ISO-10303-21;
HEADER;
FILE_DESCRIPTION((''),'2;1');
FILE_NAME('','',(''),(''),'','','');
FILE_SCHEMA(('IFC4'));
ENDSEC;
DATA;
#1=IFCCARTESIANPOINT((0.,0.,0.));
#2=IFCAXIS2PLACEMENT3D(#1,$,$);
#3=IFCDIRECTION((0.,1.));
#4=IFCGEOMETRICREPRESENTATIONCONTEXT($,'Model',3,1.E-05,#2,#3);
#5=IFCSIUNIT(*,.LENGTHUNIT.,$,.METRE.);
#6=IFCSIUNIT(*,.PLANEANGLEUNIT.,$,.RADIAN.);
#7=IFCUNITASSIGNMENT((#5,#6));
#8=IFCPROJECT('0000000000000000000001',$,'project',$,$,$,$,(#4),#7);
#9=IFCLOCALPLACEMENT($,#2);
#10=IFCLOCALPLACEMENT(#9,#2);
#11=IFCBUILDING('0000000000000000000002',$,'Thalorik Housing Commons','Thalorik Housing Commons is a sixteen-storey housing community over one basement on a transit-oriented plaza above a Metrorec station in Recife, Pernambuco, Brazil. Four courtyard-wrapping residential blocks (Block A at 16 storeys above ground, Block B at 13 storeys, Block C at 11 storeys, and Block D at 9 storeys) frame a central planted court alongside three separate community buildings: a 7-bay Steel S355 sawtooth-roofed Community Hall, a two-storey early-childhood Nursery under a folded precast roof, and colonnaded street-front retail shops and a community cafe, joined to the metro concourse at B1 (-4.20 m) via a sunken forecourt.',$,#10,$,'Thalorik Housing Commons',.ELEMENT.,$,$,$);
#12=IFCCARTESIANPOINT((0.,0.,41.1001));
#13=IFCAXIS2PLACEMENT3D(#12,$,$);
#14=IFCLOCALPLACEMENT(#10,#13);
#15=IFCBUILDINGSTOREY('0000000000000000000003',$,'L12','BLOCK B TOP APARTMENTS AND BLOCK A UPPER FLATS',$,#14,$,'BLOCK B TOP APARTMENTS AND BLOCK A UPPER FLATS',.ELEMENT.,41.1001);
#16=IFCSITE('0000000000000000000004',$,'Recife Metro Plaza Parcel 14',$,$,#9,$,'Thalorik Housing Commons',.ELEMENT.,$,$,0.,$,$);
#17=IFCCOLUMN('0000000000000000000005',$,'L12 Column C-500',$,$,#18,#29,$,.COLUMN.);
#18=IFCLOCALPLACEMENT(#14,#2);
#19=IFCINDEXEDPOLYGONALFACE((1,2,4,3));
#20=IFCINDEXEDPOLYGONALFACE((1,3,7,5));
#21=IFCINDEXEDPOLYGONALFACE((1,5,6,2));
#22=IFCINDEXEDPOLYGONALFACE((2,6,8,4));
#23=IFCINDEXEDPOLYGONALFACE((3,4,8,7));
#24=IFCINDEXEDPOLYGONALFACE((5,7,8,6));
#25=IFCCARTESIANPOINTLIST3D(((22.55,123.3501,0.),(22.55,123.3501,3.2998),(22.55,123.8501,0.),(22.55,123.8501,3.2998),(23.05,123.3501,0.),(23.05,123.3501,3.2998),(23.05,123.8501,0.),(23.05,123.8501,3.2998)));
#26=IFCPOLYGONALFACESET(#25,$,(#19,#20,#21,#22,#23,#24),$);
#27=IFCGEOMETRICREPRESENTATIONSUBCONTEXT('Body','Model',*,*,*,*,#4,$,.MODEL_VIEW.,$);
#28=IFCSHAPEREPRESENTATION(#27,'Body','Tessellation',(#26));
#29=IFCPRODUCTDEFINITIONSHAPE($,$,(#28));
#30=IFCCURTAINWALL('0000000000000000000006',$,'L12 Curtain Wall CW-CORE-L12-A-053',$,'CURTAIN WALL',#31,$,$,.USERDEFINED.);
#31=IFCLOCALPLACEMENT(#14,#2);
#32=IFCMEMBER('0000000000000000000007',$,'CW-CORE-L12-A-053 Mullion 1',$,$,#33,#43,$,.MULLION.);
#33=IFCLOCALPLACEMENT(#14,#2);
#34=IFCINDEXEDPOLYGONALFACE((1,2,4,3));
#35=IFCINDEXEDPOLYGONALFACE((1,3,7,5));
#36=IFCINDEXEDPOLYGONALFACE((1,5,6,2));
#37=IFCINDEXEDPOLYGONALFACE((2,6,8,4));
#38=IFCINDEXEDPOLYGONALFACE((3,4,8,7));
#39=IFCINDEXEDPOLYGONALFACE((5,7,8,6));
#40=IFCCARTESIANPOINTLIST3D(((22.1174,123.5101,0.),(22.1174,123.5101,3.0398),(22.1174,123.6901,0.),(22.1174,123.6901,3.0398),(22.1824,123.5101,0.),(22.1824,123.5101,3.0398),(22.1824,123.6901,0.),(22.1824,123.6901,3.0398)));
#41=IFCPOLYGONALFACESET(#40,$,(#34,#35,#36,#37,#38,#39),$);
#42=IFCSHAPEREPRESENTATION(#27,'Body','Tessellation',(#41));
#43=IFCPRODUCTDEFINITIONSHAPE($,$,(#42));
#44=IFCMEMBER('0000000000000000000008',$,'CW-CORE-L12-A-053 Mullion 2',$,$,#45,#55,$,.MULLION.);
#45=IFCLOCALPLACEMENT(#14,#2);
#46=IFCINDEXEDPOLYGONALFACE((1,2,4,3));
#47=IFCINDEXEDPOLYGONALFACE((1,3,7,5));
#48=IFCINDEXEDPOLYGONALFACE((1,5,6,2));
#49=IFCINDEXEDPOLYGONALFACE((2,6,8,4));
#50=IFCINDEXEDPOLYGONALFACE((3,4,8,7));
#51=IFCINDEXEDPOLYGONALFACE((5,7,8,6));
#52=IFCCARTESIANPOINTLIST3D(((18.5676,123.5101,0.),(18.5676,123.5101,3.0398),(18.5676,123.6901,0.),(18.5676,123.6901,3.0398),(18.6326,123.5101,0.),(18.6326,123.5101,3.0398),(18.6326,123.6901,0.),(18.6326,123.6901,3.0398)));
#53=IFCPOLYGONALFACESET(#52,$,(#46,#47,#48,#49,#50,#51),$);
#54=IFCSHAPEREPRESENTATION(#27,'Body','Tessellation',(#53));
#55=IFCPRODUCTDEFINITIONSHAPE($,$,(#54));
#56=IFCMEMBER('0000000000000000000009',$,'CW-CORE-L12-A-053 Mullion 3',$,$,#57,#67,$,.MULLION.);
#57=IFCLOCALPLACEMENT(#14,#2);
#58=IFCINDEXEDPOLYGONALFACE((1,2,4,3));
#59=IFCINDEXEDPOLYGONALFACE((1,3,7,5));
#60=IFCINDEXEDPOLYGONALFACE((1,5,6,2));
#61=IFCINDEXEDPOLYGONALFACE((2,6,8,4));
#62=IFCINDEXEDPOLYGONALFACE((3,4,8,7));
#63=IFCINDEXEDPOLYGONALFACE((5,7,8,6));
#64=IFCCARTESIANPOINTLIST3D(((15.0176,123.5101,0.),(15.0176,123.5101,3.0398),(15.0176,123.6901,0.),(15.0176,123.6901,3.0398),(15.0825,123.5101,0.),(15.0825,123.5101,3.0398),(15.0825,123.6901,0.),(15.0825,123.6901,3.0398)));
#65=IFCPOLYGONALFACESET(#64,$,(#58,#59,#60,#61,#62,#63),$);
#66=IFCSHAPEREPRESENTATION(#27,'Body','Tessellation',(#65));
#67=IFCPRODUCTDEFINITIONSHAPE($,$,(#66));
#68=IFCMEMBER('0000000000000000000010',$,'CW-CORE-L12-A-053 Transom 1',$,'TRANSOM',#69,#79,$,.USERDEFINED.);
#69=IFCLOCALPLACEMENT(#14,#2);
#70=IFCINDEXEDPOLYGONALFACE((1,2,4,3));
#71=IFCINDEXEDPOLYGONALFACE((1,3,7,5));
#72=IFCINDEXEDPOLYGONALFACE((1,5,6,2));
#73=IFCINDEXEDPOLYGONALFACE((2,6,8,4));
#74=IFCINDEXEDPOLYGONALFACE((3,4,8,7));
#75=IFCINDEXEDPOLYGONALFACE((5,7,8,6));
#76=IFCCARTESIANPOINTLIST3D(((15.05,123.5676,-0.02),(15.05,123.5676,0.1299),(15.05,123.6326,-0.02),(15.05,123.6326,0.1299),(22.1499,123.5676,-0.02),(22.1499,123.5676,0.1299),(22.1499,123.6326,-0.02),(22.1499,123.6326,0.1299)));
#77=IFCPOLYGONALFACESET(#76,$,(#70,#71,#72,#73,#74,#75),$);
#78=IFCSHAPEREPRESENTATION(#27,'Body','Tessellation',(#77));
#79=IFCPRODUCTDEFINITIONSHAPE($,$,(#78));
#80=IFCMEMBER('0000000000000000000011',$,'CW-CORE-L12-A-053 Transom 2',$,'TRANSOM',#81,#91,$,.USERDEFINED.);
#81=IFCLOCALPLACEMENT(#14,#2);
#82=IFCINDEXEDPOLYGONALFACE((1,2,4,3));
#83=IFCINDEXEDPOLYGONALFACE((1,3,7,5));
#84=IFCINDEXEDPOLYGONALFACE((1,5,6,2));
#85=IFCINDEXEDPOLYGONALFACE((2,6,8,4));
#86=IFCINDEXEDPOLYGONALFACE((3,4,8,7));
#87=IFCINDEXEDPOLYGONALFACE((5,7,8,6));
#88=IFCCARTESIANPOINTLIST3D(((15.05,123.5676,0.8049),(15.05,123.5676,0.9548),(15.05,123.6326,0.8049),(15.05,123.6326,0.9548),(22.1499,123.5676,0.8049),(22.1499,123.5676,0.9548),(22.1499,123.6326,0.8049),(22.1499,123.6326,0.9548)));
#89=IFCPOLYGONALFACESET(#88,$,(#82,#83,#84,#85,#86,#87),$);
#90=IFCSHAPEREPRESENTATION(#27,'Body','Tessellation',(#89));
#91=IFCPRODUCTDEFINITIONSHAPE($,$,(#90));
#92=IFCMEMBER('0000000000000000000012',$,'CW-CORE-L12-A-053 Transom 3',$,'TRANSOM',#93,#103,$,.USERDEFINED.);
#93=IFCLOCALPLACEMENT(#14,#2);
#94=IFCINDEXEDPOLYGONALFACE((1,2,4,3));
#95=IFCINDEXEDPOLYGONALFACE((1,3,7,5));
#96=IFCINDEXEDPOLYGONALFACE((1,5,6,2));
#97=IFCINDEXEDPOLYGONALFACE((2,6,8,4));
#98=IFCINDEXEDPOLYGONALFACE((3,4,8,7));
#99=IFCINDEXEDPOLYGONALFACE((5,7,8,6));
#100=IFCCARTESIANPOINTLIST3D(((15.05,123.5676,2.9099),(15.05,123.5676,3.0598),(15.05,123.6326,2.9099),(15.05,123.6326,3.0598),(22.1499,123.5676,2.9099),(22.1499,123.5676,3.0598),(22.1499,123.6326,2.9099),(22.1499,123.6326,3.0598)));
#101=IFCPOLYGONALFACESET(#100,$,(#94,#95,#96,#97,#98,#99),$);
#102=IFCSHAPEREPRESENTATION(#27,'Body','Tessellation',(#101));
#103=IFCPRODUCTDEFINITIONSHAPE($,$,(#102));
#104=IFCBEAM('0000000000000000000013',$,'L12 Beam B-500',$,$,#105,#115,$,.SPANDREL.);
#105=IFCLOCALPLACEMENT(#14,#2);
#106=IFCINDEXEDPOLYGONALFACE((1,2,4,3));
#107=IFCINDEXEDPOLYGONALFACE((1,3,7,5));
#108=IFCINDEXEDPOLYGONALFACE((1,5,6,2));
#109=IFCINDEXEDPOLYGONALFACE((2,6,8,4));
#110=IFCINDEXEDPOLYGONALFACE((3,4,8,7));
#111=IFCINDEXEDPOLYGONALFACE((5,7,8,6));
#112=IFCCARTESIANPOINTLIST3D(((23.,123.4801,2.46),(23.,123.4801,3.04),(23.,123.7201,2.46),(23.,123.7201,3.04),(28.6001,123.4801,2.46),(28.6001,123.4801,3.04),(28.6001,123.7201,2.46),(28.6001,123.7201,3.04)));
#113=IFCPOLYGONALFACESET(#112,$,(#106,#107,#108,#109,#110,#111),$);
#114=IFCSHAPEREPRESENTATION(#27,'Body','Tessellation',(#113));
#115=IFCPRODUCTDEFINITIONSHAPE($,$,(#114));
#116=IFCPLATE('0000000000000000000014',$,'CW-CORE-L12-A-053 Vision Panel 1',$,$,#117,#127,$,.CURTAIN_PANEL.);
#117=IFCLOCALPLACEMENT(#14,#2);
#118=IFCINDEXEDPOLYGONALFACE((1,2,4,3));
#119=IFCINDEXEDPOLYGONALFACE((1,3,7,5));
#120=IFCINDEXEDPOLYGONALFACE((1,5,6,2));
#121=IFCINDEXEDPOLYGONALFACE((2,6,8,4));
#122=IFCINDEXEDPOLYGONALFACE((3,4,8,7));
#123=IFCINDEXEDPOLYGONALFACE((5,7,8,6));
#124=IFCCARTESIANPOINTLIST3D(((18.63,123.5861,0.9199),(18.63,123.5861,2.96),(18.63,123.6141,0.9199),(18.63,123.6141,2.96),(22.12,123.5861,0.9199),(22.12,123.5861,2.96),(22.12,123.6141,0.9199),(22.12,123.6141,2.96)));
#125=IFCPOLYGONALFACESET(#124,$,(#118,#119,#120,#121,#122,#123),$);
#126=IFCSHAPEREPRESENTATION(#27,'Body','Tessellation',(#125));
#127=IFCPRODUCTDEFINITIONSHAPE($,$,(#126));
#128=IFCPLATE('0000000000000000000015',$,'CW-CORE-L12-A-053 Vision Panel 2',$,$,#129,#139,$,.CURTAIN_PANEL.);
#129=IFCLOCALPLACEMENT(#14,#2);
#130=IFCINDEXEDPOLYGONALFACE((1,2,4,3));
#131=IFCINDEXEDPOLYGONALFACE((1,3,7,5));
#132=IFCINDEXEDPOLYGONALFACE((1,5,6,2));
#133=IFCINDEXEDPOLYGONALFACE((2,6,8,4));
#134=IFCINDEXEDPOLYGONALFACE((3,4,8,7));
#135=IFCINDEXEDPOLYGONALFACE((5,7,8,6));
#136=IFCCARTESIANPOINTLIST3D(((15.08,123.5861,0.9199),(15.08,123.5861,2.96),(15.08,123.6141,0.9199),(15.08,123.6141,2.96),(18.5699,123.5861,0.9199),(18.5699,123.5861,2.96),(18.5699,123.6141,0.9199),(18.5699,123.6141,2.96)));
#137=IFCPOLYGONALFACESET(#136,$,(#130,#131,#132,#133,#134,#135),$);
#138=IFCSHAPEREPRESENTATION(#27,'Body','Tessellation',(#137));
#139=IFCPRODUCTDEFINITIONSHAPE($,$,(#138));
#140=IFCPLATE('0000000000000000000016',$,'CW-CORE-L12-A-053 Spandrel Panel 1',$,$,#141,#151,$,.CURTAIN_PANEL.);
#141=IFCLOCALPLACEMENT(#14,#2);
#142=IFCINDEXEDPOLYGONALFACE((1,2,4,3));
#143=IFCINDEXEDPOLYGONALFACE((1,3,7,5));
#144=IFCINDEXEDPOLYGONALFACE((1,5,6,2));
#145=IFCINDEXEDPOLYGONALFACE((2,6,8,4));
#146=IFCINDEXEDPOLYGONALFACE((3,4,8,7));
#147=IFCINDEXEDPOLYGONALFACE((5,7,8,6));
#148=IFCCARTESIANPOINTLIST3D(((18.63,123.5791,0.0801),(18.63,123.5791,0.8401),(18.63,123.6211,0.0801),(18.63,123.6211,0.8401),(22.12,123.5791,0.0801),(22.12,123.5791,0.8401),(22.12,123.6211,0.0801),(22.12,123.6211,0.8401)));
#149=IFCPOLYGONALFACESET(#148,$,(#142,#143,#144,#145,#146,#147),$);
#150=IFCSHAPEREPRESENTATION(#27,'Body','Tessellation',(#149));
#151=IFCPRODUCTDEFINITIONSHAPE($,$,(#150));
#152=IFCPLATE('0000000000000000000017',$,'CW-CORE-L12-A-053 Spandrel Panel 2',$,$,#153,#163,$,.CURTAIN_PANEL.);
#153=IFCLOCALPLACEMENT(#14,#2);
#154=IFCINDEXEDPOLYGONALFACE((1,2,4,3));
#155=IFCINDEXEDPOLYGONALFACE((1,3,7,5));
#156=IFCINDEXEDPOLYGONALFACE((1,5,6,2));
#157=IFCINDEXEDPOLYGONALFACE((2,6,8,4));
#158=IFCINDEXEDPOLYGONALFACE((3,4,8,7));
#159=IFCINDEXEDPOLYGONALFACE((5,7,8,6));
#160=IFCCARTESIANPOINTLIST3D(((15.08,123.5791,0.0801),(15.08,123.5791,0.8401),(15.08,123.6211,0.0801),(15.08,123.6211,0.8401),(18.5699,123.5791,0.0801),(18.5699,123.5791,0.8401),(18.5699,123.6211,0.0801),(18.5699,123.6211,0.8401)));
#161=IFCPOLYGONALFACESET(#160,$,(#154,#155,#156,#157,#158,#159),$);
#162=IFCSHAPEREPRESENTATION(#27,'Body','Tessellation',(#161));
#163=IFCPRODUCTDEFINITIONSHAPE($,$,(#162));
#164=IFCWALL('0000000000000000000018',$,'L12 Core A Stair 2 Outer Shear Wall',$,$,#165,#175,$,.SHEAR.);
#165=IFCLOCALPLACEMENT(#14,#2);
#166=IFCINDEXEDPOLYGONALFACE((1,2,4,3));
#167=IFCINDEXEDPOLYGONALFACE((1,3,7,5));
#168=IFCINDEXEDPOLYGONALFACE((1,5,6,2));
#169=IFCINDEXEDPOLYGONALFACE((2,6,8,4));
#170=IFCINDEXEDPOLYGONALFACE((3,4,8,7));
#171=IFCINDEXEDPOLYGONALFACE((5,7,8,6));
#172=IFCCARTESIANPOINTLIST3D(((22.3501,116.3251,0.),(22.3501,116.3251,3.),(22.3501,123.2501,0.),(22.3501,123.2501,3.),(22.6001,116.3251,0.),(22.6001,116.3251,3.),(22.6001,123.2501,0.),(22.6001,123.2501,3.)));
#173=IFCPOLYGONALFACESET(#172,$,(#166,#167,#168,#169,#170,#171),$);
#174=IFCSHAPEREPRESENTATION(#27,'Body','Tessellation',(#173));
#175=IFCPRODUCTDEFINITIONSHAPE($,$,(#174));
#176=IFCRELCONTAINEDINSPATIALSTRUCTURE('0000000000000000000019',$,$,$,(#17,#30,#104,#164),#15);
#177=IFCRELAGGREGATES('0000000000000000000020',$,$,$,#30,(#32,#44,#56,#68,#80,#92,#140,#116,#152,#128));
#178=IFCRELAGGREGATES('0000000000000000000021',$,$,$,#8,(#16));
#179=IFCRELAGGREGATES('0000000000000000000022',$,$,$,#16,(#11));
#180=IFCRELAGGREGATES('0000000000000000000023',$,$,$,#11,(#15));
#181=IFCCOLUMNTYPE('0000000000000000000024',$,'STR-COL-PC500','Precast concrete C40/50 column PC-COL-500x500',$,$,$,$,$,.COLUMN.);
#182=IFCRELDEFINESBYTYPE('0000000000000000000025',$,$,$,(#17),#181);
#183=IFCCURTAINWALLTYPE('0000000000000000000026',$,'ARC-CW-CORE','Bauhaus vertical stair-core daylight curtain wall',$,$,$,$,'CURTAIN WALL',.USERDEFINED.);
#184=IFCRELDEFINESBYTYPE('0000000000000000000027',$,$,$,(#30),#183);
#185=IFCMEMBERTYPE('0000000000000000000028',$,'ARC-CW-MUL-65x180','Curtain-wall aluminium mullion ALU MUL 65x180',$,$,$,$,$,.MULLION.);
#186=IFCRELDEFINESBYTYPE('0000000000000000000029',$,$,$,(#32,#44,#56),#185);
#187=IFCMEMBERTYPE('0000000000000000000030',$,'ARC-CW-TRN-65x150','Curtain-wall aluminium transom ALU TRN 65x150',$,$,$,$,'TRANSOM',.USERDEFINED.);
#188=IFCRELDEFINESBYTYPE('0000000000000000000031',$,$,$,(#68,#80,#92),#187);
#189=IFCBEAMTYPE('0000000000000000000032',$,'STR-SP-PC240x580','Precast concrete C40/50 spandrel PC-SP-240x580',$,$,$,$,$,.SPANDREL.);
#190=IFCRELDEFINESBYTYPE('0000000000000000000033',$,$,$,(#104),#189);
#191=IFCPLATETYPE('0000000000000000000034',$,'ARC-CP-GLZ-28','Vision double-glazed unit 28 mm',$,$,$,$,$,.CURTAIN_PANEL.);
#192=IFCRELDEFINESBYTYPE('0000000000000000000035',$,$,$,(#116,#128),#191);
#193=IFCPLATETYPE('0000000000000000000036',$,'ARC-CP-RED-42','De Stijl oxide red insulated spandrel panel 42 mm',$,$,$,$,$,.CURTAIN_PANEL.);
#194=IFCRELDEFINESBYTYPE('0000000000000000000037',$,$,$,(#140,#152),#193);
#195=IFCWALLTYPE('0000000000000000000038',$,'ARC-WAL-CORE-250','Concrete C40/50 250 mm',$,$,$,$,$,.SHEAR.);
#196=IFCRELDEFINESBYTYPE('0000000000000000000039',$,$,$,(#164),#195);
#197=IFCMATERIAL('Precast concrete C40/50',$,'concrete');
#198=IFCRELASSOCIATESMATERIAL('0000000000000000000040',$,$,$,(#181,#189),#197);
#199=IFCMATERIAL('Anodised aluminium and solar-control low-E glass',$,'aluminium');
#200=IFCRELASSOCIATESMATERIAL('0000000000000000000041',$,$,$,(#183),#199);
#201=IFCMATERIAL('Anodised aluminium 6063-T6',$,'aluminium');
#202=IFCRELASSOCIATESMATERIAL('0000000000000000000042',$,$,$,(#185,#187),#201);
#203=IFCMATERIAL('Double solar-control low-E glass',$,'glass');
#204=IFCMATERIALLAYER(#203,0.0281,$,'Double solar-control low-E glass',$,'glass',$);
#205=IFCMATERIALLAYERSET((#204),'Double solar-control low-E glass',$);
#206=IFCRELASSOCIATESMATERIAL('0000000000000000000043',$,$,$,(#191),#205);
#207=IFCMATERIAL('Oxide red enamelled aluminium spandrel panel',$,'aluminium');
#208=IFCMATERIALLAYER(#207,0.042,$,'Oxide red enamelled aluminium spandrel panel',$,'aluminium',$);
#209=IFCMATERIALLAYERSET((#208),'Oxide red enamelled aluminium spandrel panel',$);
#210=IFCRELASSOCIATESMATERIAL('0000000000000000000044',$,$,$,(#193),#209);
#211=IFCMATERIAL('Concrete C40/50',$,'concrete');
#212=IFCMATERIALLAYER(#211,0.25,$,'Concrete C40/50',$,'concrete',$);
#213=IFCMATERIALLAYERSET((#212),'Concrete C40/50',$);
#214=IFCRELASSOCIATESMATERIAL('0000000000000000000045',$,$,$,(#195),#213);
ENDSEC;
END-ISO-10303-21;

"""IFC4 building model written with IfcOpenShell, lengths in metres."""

from ifc_helpers import new_model, si_unit, direction, frame, frame_2d, origin, origin_2d, place, context, subcontext, project, spatial, rectangle, extrude, material, layer, layer_set, material_profile, profile_set, type_object, element, aggregate, save


model = new_model("IFC4")

# Units and contexts
model_context = context("Model", 3, precision=1e-05, world=origin(), true_north=direction((0.0, 1.0)))
body_context = subcontext(model_context, "Body", "Model", "MODEL_VIEW")
ifc_project = project(units=[si_unit("LENGTHUNIT", "METRE"), si_unit("PLANEANGLEUNIT", "RADIAN")], contexts=[model_context])

# Site, building, storey
site_placement = place(None, origin())
site = spatial("IfcSite", under=ifc_project, at=site_placement, Name="Recife Metro Plaza Parcel 14", LongName="Thalorik Housing Commons", CompositionType="ELEMENT", RefElevation=0.0)
building_placement = place(site_placement, origin())
building = spatial("IfcBuilding", under=site, at=building_placement, Name="Thalorik Housing Commons", Description="Thalorik Housing Commons is a sixteen-storey housing community over one basement on a transit-oriented plaza above a Metrorec station in Recife, Pernambuco, Brazil. Four courtyard-wrapping residential blocks (Block A at 16 storeys above ground, Block B at 13 storeys, Block C at 11 storeys, and Block D at 9 storeys) frame a central planted court alongside three separate community buildings: a 7-bay Steel S355 sawtooth-roofed Community Hall, a two-storey early-childhood Nursery under a folded precast roof, and colonnaded street-front retail shops and a community cafe, joined to the metro concourse at B1 (-4.20 m) via a sunken forecourt.", LongName="Thalorik Housing Commons", CompositionType="ELEMENT")
storey_placement = place(building_placement, frame((0.0, 0.0, 41.1001)))
storey = spatial("IfcBuildingStorey", under=building, at=storey_placement, Name="L12", Description="BLOCK B TOP APARTMENTS AND BLOCK A UPPER FLATS", LongName="BLOCK B TOP APARTMENTS AND BLOCK A UPPER FLATS", CompositionType="ELEMENT", Elevation=41.1001)

# Column
ifc_material_1 = material(Name="Precast concrete C40/50", Category="concrete")
ifc_material_profile_1 = material_profile(ifc_material_1, rectangle(XDim=0.5, YDim=0.5, at=origin_2d()), Name="PC 500x500", Category="concrete")
ifc_profile_set_1 = profile_set([ifc_material_profile_1], Name="Precast concrete C40/50")
column_type = type_object("IfcColumnType", Name="STR-COL-PC500", Description="Precast concrete C40/50 column PC-COL-500x500", PredefinedType="COLUMN", material=ifc_profile_set_1)
column_placement = place(storey_placement, frame((22.8, 123.6001, 0.0), z_axis=(0.0, 0.0, 1.0), x_axis=(1.0, 0.0, 0.0)))
element("IfcColumn", 1, at=column_placement, inside=storey, type_object=column_type, Name="L12 Column C-500", PredefinedType="COLUMN", context=body_context, shape_type="SweptSolid", body=[
    extrude(rectangle(XDim=0.5, YDim=0.5, at=origin_2d()), origin(), (0.0, 0.0, 1.0), 3.2998),
])

# Curtain wall, members
ifc_material_2 = material(Name="Anodised aluminium and solar-control low-E glass", Category="aluminium")
curtain_wall_type = type_object("IfcCurtainWallType", Name="ARC-CW-CORE", Description="Bauhaus vertical stair-core daylight curtain wall", ElementType="CURTAIN WALL", PredefinedType="USERDEFINED", material=ifc_material_2)
curtain_wall_placement = place(storey_placement, origin())
curtain_wall = element("IfcCurtainWall", 2, at=curtain_wall_placement, inside=storey, type_object=curtain_wall_type, Name="L12 Curtain Wall CW-CORE-L12-A-053", ObjectType="CURTAIN WALL", PredefinedType="USERDEFINED")
ifc_material_3 = material(Name="Anodised aluminium 6063-T6", Category="aluminium")
ifc_material_profile_2 = material_profile(ifc_material_3, rectangle(XDim=0.0649, YDim=0.1799, at=origin_2d()), Name="ALU MUL 65x180", Category="aluminium")
ifc_profile_set_2 = profile_set([ifc_material_profile_2], Name="Anodised aluminium 6063-T6")
member_type_1 = type_object("IfcMemberType", Name="ARC-CW-MUL-65x180", Description="Curtain-wall aluminium mullion ALU MUL 65x180", PredefinedType="MULLION", material=ifc_profile_set_2)
member_1_placement = place(storey_placement, frame((22.1499, 123.6001, 0.0), z_axis=(0.0, 0.0, 1.0), x_axis=(-1.0, 0.0, 0.0)))
member_1 = element("IfcMember", 3, at=member_1_placement, type_object=member_type_1, Name="CW-CORE-L12-A-053 Mullion 1", PredefinedType="MULLION", context=body_context, shape_type="SweptSolid", body=[
    extrude(rectangle(XDim=0.0649, YDim=0.1799, at=origin_2d()), origin(), (0.0, 0.0, 1.0), 3.0398),
])
member_2_placement = place(storey_placement, frame((18.6001, 123.6001, 0.0), z_axis=(0.0, 0.0, 1.0), x_axis=(-1.0, 0.0, 0.0)))
member_2 = element("IfcMember", 4, at=member_2_placement, type_object=member_type_1, Name="CW-CORE-L12-A-053 Mullion 2", PredefinedType="MULLION", context=body_context, shape_type="SweptSolid", body=[
    extrude(rectangle(XDim=0.0649, YDim=0.1799, at=origin_2d()), origin(), (0.0, 0.0, 1.0), 3.0398),
])
member_3_placement = place(storey_placement, frame((15.05, 123.6001, 0.0), z_axis=(0.0, 0.0, 1.0), x_axis=(-1.0, 0.0, 0.0)))
member_3 = element("IfcMember", 5, at=member_3_placement, type_object=member_type_1, Name="CW-CORE-L12-A-053 Mullion 3", PredefinedType="MULLION", context=body_context, shape_type="SweptSolid", body=[
    extrude(rectangle(XDim=0.0649, YDim=0.1799, at=origin_2d()), origin(), (0.0, 0.0, 1.0), 3.0398),
])
ifc_material_profile_3 = material_profile(ifc_material_3, rectangle(XDim=0.0649, YDim=0.1499, at=origin_2d()), Name="ALU TRN 65x150", Category="aluminium")
ifc_profile_set_3 = profile_set([ifc_material_profile_3], Name="Anodised aluminium 6063-T6")
member_type_2 = type_object("IfcMemberType", Name="ARC-CW-TRN-65x150", Description="Curtain-wall aluminium transom ALU TRN 65x150", ElementType="TRANSOM", PredefinedType="USERDEFINED", material=ifc_profile_set_3)
member_4_placement = place(storey_placement, frame((22.1499, 123.6001, 0.0549), z_axis=(-1.0, 0.0, 0.0), x_axis=(0.0, -1.0, 0.0)))
member_4 = element("IfcMember", 6, at=member_4_placement, type_object=member_type_2, Name="CW-CORE-L12-A-053 Transom 1", ObjectType="TRANSOM", PredefinedType="USERDEFINED", context=body_context, shape_type="SweptSolid", body=[
    extrude(rectangle(XDim=0.0649, YDim=0.1499, at=origin_2d()), origin(), (0.0, 0.0, 1.0), 7.0999),
])
member_5_placement = place(storey_placement, frame((22.1499, 123.6001, 0.8799), z_axis=(-1.0, 0.0, 0.0), x_axis=(0.0, -1.0, 0.0)))
member_5 = element("IfcMember", 7, at=member_5_placement, type_object=member_type_2, Name="CW-CORE-L12-A-053 Transom 2", ObjectType="TRANSOM", PredefinedType="USERDEFINED", context=body_context, shape_type="SweptSolid", body=[
    extrude(rectangle(XDim=0.0649, YDim=0.1499, at=origin_2d()), origin(), (0.0, 0.0, 1.0), 7.0999),
])
member_6_placement = place(storey_placement, frame((22.1499, 123.6001, 2.9849), z_axis=(-1.0, 0.0, 0.0), x_axis=(0.0, -1.0, 0.0)))
member_6 = element("IfcMember", 8, at=member_6_placement, type_object=member_type_2, Name="CW-CORE-L12-A-053 Transom 3", ObjectType="TRANSOM", PredefinedType="USERDEFINED", context=body_context, shape_type="SweptSolid", body=[
    extrude(rectangle(XDim=0.0649, YDim=0.1499, at=origin_2d()), origin(), (0.0, 0.0, 1.0), 7.0999),
])

# Beam
ifc_material_profile_4 = material_profile(ifc_material_1, rectangle(XDim=0.24, YDim=0.5801, at=origin_2d()), Name="PC SP 240x580", Category="concrete")
ifc_profile_set_4 = profile_set([ifc_material_profile_4], Name="Precast concrete C40/50")
beam_type = type_object("IfcBeamType", Name="STR-SP-PC240x580", Description="Precast concrete C40/50 spandrel PC-SP-240x580", PredefinedType="SPANDREL", material=ifc_profile_set_4)
beam_placement = place(storey_placement, frame((23.0, 123.6001, 2.75), z_axis=(1.0, 0.0, 0.0), x_axis=(0.0, 1.0, 0.0)))
element("IfcBeam", 9, at=beam_placement, inside=storey, type_object=beam_type, Name="L12 Beam B-500", PredefinedType="SPANDREL", context=body_context, shape_type="SweptSolid", body=[
    extrude(rectangle(XDim=0.24, YDim=0.5801, at=origin_2d()), origin(), (0.0, 0.0, 1.0), 5.6001),
])

# Plates
ifc_material_4 = material(Name="Double solar-control low-E glass", Category="glass")
ifc_layer_1 = layer(ifc_material_4, 0.0281, Name="Double solar-control low-E glass", Category="glass")
ifc_layer_set_1 = layer_set([ifc_layer_1], Name="Double solar-control low-E glass")
plate_type_1 = type_object("IfcPlateType", Name="ARC-CP-GLZ-28", Description="Vision double-glazed unit 28 mm", PredefinedType="CURTAIN_PANEL", material=ifc_layer_set_1)
plate_1_placement = place(storey_placement, frame((20.375, 123.6001, 0.9199), z_axis=(0.0, 0.0, 1.0), x_axis=(-1.0, 0.0, 0.0)))
plate_1 = element("IfcPlate", 10, at=plate_1_placement, type_object=plate_type_1, Name="CW-CORE-L12-A-053 Vision Panel 1", PredefinedType="CURTAIN_PANEL", context=body_context, shape_type="SweptSolid", body=[
    extrude(rectangle(XDim=3.49, YDim=0.0281, at=origin_2d()), origin(), (0.0, 0.0, 1.0), 2.04),
])
plate_2_placement = place(storey_placement, frame((16.825, 123.6001, 0.9199), z_axis=(0.0, 0.0, 1.0), x_axis=(-1.0, 0.0, 0.0)))
plate_2 = element("IfcPlate", 11, at=plate_2_placement, type_object=plate_type_1, Name="CW-CORE-L12-A-053 Vision Panel 2", PredefinedType="CURTAIN_PANEL", context=body_context, shape_type="SweptSolid", body=[
    extrude(rectangle(XDim=3.49, YDim=0.0281, at=origin_2d()), origin(), (0.0, 0.0, 1.0), 2.04),
])
ifc_material_5 = material(Name="Oxide red enamelled aluminium spandrel panel", Category="aluminium")
ifc_layer_2 = layer(ifc_material_5, 0.042, Name="Oxide red enamelled aluminium spandrel panel", Category="aluminium")
ifc_layer_set_2 = layer_set([ifc_layer_2], Name="Oxide red enamelled aluminium spandrel panel")
plate_type_2 = type_object("IfcPlateType", Name="ARC-CP-RED-42", Description="De Stijl oxide red insulated spandrel panel 42 mm", PredefinedType="CURTAIN_PANEL", material=ifc_layer_set_2)
plate_3_placement = place(storey_placement, frame((20.375, 123.6001, 0.0801), z_axis=(0.0, 0.0, 1.0), x_axis=(-1.0, 0.0, 0.0)))
plate_3 = element("IfcPlate", 12, at=plate_3_placement, type_object=plate_type_2, Name="CW-CORE-L12-A-053 Spandrel Panel 1", PredefinedType="CURTAIN_PANEL", context=body_context, shape_type="SweptSolid", body=[
    extrude(rectangle(XDim=3.49, YDim=0.042, at=origin_2d()), origin(), (0.0, 0.0, 1.0), 0.76),
])
plate_4_placement = place(storey_placement, frame((16.825, 123.6001, 0.0801), z_axis=(0.0, 0.0, 1.0), x_axis=(-1.0, 0.0, 0.0)))
plate_4 = element("IfcPlate", 13, at=plate_4_placement, type_object=plate_type_2, Name="CW-CORE-L12-A-053 Spandrel Panel 2", PredefinedType="CURTAIN_PANEL", context=body_context, shape_type="SweptSolid", body=[
    extrude(rectangle(XDim=3.49, YDim=0.042, at=origin_2d()), origin(), (0.0, 0.0, 1.0), 0.76),
])
aggregate(curtain_wall, [member_1, member_2, member_3, member_4, member_5, member_6, plate_3, plate_1, plate_4, plate_2])

# Wall
ifc_material_6 = material(Name="Concrete C40/50", Category="concrete")
ifc_layer_3 = layer(ifc_material_6, 0.25, Name="Concrete C40/50", Category="concrete")
ifc_layer_set_3 = layer_set([ifc_layer_3], Name="Concrete C40/50")
wall_type_1 = type_object("IfcWallType", Name="ARC-WAL-CORE-250", Description="Concrete C40/50 250 mm", PredefinedType="SHEAR", material=ifc_layer_set_3)
wall_1_placement = place(storey_placement, frame((22.4751, 123.25, 0.0), z_axis=(0.0, 0.0, 1.0), x_axis=(0.0, -1.0, 0.0)))
element("IfcWall", 14, at=wall_1_placement, inside=storey, type_object=wall_type_1, Name="L12 Core A Stair 2 Outer Shear Wall", PredefinedType="SHEAR", context=body_context, shape_type="SweptSolid", body=[
    extrude(rectangle(XDim=6.925, YDim=0.25, at=frame_2d((3.4624, 0.0))), origin(), (0.0, 0.0, 1.0), 3.0),
])

save(model, "model.ifc")
